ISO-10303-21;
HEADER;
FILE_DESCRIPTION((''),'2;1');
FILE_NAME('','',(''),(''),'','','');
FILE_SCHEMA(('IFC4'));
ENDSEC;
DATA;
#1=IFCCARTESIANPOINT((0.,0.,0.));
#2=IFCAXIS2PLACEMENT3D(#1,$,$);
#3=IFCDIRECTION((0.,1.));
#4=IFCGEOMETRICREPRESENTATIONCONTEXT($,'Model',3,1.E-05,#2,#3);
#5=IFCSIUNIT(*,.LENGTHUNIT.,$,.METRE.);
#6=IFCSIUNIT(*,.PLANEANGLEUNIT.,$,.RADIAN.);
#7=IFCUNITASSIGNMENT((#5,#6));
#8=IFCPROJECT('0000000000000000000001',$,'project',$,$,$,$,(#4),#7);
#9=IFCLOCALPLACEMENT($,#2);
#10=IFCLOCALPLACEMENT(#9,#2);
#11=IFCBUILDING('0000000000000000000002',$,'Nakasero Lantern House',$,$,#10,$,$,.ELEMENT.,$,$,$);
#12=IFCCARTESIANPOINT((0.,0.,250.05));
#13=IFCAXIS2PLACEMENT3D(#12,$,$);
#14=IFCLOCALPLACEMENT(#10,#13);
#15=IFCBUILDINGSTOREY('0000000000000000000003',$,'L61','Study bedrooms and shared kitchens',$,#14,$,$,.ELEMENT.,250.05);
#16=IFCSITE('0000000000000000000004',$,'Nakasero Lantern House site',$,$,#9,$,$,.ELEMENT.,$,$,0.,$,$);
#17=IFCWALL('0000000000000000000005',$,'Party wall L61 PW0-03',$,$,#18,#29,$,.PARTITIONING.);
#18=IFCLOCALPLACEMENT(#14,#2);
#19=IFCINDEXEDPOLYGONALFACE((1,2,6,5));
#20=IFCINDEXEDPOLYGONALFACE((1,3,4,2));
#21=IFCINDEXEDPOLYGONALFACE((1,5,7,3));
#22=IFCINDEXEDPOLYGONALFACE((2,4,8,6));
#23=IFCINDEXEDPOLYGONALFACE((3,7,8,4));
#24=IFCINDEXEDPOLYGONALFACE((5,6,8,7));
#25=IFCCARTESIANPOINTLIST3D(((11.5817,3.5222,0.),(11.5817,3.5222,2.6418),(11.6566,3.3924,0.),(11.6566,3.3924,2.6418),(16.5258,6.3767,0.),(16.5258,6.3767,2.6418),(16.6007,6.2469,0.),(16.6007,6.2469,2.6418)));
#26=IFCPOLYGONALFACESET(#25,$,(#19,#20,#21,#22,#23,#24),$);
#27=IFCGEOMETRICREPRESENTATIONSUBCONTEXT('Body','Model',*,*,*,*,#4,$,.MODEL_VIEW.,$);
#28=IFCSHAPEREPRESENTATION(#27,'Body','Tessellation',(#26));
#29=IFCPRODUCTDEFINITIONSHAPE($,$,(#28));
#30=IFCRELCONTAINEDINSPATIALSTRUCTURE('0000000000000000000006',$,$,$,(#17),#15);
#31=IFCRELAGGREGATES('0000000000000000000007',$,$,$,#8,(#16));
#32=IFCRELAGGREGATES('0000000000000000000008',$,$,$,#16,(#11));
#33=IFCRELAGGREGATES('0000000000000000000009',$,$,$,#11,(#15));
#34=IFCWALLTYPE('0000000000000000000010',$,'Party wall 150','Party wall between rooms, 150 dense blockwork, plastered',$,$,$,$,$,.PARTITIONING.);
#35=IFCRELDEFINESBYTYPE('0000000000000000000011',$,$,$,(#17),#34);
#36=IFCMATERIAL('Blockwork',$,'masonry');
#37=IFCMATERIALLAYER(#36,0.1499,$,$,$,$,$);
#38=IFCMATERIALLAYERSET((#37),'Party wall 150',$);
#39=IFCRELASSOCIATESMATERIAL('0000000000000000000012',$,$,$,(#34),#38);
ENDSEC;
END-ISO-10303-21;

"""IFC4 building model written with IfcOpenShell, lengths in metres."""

from ifc_helpers import new_model, si_unit, direction, frame, frame_2d, origin, place, context, subcontext, project, spatial, rectangle, extrude, material, layer, layer_set, type_object, element, save


model = new_model("IFC4")

# Units and contexts
model_context = context("Model", 3, precision=1e-05, world=origin(), true_north=direction((0.0, 1.0)))
body_context = subcontext(model_context, "Body", "Model", "MODEL_VIEW")
ifc_project = project(units=[si_unit("LENGTHUNIT", "METRE"), si_unit("PLANEANGLEUNIT", "RADIAN")], contexts=[model_context])

# Site, building, storey
site_placement = place(None, origin())
site = spatial("IfcSite", under=ifc_project, at=site_placement, Name="Nakasero Lantern House site", CompositionType="ELEMENT", RefElevation=0.0)
building_placement = place(site_placement, origin())
building = spatial("IfcBuilding", under=site, at=building_placement, Name="Nakasero Lantern House", CompositionType="ELEMENT")
storey_placement = place(building_placement, frame((0.0, 0.0, 250.05)))
storey = spatial("IfcBuildingStorey", under=building, at=storey_placement, Name="L61", Description="Study bedrooms and shared kitchens", CompositionType="ELEMENT", Elevation=250.05)

# Wall
ifc_material_1 = material(Name="Blockwork", Category="masonry")
ifc_layer_1 = layer(ifc_material_1, 0.1499)
ifc_layer_set_1 = layer_set([ifc_layer_1], Name="Party wall 150")
wall_type_1 = type_object("IfcWallType", Name="Party wall 150", Description="Party wall between rooms, 150 dense blockwork, plastered", PredefinedType="PARTITIONING", material=ifc_layer_set_1)
wall_1_placement = place(storey_placement, frame((11.6191, 3.4573, 0.0), z_axis=(0.0, 0.0, 1.0), x_axis=(0.866024, 0.500003, 0.0)))
element("IfcWall", 1, at=wall_1_placement, inside=storey, type_object=wall_type_1, Name="Party wall L61 PW0-03", PredefinedType="PARTITIONING", context=body_context, shape_type="SweptSolid", body=[
    extrude(rectangle(XDim=5.709, YDim=0.1499, at=frame_2d((2.8545, 0.0))), origin(), (0.0, 0.0, 1.0), 2.6418),
])

save(model, "model.ifc")
